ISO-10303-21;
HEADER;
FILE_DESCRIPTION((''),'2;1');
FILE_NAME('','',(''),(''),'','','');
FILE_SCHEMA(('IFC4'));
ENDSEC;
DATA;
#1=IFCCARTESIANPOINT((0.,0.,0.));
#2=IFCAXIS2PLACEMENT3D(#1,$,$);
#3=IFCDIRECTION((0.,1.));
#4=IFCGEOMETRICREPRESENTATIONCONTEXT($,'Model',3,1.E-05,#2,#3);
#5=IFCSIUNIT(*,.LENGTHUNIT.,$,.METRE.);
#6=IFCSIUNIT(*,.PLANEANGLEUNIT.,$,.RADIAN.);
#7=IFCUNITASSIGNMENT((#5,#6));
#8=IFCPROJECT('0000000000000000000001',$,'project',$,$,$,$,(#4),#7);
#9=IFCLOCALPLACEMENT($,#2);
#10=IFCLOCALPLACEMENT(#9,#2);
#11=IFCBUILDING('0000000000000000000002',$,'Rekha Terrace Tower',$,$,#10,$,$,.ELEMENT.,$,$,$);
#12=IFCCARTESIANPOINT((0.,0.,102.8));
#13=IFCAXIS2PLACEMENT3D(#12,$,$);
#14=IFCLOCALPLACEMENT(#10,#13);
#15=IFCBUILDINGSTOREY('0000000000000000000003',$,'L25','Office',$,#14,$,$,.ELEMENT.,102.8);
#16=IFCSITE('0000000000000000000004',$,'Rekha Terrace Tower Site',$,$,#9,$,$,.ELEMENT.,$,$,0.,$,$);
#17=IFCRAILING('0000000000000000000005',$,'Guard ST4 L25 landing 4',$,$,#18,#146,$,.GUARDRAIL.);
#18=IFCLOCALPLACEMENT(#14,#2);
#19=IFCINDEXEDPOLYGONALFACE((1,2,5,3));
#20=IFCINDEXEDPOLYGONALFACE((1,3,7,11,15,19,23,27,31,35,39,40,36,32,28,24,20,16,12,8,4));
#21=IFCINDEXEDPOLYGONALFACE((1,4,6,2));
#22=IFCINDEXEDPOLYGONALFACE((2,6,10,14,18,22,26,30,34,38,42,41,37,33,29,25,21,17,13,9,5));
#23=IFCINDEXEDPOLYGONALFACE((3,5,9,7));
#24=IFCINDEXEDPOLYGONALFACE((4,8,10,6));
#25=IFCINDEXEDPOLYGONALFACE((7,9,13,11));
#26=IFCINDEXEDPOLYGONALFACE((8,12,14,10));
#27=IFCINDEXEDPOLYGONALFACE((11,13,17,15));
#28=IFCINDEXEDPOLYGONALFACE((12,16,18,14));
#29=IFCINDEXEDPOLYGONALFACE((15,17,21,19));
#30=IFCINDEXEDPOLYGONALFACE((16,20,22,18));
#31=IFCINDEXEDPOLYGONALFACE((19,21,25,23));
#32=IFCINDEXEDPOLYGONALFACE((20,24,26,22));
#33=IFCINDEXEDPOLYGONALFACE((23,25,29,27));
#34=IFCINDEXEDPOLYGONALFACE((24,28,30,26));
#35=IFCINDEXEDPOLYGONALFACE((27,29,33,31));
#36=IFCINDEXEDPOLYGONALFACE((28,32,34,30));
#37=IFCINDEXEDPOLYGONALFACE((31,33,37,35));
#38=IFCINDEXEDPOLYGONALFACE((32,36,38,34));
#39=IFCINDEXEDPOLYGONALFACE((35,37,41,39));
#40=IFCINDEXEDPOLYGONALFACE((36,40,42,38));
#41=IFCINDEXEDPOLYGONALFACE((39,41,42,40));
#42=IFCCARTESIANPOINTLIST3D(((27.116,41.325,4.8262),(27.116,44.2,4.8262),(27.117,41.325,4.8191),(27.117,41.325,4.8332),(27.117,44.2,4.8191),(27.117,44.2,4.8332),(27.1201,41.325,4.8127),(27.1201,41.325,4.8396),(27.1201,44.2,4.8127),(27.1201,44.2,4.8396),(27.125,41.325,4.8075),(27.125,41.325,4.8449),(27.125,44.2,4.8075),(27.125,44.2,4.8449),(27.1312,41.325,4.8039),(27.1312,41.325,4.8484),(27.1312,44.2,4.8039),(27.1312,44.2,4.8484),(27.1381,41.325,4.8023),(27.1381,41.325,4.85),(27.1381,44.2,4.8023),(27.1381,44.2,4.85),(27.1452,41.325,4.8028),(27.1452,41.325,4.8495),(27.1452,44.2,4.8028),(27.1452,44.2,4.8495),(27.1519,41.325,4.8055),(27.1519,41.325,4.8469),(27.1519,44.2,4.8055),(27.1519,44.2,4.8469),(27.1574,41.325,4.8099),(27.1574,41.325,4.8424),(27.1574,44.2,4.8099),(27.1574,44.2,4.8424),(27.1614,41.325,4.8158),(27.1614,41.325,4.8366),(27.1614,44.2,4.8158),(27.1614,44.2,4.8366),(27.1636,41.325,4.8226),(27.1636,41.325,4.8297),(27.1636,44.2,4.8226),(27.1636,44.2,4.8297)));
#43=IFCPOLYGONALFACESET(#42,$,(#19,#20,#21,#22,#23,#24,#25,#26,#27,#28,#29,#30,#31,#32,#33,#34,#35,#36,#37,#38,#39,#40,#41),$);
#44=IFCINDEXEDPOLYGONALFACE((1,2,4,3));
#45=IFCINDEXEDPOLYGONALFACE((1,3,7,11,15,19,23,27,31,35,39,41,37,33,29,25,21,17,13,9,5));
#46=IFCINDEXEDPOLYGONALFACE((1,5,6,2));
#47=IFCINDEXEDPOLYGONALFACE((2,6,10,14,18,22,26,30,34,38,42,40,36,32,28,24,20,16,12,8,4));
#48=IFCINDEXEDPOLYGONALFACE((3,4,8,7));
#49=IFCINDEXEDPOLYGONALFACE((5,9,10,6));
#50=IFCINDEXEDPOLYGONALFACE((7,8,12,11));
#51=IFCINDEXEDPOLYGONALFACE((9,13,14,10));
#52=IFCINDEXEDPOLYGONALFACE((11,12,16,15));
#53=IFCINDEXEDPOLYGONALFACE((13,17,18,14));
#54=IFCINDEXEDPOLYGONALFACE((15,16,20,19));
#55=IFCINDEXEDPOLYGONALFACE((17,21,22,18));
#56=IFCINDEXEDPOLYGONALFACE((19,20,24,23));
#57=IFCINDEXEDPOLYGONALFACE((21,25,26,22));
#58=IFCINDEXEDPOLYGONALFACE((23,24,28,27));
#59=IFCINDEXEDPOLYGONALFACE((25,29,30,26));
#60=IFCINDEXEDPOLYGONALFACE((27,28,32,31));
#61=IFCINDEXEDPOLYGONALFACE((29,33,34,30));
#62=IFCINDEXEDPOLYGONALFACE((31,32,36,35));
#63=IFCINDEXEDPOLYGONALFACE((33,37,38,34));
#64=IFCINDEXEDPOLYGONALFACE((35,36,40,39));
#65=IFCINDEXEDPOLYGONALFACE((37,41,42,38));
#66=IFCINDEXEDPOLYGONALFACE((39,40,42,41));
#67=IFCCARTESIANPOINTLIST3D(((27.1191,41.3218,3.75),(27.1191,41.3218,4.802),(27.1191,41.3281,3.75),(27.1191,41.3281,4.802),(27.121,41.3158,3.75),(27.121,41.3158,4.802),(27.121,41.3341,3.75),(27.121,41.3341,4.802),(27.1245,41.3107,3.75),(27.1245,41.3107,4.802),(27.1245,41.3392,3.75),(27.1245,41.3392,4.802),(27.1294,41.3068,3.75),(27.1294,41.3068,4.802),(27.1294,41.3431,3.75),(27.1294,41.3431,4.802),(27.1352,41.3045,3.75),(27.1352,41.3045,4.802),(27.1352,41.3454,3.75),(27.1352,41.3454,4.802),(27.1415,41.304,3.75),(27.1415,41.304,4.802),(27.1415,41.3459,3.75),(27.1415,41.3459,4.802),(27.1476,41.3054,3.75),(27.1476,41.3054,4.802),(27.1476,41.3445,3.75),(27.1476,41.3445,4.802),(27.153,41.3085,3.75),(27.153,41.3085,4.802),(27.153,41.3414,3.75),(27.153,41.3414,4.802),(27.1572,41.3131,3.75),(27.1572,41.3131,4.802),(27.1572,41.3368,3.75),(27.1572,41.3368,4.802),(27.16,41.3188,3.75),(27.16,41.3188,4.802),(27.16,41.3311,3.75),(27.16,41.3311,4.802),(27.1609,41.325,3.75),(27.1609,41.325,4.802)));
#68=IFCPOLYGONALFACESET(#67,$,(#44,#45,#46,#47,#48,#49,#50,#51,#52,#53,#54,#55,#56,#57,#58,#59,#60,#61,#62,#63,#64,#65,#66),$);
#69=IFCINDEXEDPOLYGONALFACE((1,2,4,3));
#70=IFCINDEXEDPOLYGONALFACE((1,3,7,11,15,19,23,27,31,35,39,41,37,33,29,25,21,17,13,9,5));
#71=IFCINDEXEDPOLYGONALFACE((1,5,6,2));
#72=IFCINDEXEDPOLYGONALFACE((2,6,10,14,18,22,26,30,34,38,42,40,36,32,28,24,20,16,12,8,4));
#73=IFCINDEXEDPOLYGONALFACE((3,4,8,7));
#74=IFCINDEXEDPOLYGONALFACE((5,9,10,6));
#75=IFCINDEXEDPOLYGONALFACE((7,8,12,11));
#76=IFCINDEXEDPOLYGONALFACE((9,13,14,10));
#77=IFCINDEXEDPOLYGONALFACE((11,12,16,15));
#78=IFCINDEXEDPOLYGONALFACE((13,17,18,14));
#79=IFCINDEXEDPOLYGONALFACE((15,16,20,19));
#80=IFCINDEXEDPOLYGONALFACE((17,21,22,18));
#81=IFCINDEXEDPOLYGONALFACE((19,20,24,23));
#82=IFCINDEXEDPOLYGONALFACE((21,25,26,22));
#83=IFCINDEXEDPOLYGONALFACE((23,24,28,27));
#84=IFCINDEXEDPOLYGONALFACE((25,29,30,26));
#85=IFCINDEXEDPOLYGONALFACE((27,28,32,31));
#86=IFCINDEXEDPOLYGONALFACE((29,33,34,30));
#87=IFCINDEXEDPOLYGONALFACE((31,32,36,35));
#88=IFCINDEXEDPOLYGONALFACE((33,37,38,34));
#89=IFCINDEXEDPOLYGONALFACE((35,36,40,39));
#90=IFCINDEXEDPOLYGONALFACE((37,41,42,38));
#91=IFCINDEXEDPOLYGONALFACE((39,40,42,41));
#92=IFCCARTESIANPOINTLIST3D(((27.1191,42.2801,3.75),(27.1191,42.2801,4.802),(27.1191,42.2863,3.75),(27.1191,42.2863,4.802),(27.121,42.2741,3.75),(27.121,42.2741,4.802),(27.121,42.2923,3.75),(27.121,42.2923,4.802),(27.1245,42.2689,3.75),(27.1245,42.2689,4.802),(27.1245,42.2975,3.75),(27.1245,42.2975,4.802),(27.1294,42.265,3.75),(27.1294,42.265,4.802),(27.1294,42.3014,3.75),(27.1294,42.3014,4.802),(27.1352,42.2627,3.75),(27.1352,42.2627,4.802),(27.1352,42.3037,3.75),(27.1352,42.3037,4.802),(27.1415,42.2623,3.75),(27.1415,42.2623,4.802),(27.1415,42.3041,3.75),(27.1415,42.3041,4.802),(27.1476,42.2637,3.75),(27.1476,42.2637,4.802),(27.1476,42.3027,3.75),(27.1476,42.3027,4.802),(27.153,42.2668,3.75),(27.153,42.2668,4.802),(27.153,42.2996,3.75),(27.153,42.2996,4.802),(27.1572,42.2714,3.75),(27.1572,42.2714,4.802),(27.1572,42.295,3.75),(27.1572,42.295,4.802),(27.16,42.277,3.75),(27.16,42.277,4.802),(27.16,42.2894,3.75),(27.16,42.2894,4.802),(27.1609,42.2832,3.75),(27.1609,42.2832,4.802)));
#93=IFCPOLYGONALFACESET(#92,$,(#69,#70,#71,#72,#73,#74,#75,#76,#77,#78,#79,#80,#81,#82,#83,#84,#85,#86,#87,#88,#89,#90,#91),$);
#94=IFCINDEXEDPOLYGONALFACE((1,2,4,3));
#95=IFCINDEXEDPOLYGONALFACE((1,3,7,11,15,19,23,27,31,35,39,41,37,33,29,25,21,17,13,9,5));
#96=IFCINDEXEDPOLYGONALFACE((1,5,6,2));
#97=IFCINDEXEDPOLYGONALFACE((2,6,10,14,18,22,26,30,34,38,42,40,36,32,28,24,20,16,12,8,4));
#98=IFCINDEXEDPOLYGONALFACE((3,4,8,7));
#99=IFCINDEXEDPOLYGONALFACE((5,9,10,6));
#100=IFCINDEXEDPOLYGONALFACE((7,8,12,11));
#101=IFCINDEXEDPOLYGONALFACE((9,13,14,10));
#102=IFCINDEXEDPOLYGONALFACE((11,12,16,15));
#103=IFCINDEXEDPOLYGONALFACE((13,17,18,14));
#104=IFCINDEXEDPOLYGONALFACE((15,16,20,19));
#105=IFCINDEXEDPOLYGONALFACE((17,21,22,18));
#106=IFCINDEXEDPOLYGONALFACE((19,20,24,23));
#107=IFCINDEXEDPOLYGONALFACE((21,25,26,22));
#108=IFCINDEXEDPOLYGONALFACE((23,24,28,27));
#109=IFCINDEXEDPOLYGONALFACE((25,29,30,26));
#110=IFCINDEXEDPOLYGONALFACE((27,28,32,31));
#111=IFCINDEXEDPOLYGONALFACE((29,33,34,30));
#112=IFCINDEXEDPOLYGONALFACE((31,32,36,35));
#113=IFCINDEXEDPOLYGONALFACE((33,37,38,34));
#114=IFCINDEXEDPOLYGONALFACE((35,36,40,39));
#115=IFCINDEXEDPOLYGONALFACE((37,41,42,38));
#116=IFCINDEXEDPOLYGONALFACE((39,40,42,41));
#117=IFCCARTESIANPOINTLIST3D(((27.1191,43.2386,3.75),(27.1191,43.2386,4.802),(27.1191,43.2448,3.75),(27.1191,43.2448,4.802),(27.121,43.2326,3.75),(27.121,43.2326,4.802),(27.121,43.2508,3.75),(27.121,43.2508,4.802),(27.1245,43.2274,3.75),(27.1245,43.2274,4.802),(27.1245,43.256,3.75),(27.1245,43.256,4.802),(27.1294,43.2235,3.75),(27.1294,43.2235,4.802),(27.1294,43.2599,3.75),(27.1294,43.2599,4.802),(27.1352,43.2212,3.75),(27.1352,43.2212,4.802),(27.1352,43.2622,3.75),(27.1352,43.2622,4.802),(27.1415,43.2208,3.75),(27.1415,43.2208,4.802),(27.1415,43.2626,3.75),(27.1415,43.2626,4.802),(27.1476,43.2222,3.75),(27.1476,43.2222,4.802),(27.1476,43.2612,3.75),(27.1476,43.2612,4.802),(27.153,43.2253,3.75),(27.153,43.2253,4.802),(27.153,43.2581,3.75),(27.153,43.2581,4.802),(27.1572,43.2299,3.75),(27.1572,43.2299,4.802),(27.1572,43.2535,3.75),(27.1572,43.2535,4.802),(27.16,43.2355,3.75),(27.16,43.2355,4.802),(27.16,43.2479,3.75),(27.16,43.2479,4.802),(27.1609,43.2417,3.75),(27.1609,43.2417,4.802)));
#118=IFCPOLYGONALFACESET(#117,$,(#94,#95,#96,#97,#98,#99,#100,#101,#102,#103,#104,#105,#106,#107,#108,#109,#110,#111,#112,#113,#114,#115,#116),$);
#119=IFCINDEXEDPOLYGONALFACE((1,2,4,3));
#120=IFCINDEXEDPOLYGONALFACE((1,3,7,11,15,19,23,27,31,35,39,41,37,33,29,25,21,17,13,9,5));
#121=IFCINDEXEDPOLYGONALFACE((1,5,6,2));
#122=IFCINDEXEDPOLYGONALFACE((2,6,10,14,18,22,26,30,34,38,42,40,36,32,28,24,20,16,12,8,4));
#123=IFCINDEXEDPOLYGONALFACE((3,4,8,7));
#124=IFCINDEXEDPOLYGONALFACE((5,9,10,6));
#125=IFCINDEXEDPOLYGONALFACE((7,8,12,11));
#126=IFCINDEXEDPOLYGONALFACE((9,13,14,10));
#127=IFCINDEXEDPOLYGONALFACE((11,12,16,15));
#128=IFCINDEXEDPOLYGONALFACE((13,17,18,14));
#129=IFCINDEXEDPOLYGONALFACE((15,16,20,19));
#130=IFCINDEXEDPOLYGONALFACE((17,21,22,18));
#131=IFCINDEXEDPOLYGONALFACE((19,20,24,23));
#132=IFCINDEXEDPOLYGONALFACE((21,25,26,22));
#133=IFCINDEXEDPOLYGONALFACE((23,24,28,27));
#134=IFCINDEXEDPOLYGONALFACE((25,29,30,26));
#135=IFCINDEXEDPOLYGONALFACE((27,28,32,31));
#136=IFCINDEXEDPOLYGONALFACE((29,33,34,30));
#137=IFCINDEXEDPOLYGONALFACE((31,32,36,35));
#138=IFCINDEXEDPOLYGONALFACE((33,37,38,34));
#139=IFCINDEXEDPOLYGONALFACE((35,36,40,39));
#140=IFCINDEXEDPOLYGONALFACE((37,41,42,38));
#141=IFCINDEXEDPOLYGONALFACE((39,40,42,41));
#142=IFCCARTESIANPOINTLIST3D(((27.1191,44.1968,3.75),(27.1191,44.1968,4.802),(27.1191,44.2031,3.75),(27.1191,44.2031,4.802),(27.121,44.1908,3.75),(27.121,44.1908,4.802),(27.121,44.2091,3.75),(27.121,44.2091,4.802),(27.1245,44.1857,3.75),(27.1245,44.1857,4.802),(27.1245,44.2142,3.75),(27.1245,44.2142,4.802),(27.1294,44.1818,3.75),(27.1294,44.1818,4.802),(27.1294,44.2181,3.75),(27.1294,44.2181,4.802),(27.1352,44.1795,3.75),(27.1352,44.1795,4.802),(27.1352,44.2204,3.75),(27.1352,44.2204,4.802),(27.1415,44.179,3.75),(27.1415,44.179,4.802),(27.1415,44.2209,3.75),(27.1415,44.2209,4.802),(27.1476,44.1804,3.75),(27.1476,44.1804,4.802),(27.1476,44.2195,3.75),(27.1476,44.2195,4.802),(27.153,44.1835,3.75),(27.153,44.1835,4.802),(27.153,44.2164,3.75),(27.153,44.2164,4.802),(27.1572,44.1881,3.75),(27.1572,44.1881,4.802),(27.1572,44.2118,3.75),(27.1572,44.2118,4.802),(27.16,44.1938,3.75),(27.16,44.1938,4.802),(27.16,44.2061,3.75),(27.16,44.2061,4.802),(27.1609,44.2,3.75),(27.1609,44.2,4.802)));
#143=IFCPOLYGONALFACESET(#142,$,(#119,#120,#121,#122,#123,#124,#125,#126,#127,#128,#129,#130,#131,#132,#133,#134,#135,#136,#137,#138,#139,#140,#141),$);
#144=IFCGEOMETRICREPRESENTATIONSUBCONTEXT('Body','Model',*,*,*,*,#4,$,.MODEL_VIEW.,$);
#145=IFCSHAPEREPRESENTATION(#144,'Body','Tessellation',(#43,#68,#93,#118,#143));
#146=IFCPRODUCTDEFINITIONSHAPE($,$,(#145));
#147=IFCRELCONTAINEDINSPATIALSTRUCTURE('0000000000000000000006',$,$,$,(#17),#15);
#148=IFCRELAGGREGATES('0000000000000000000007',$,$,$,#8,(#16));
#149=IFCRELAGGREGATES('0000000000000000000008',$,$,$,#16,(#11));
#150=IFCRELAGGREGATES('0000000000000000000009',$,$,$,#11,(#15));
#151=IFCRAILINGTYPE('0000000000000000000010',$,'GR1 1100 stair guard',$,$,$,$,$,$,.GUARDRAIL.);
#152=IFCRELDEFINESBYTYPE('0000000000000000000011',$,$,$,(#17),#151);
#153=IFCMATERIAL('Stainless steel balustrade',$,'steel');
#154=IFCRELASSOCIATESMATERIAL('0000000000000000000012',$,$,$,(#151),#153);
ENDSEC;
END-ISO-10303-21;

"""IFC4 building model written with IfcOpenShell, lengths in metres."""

from ifc_helpers import new_model, si_unit, direction, frame, origin, origin_2d, place, context, subcontext, project, spatial, circle, extrude, material, type_object, element, save


model = new_model("IFC4")

# Units and contexts
model_context = context("Model", 3, precision=1e-05, world=origin(), true_north=direction((0.0, 1.0)))
body_context = subcontext(model_context, "Body", "Model", "MODEL_VIEW")
ifc_project = project(units=[si_unit("LENGTHUNIT", "METRE"), si_unit("PLANEANGLEUNIT", "RADIAN")], contexts=[model_context])

# Site, building, storey
site_placement = place(None, origin())
site = spatial("IfcSite", under=ifc_project, at=site_placement, Name="Rekha Terrace Tower Site", CompositionType="ELEMENT", RefElevation=0.0)
building_placement = place(site_placement, origin())
building = spatial("IfcBuilding", under=site, at=building_placement, Name="Rekha Terrace Tower", CompositionType="ELEMENT")
storey_placement = place(building_placement, frame((0.0, 0.0, 102.8)))
storey = spatial("IfcBuildingStorey", under=building, at=storey_placement, Name="L25", Description="Office", CompositionType="ELEMENT", Elevation=102.8)

# Railing
ifc_material_1 = material(Name="Stainless steel balustrade", Category="steel")
railing_type_1 = type_object("IfcRailingType", Name="GR1 1100 stair guard", PredefinedType="GUARDRAIL", material=ifc_material_1)
railing_1_placement = place(storey_placement, frame((27.1399, 41.325, 3.75)))
element("IfcRailing", 1, at=railing_1_placement, inside=storey, type_object=railing_type_1, Name="Guard ST4 L25 landing 4", PredefinedType="GUARDRAIL", context=body_context, shape_type="SweptSolid", body=[
    extrude(circle(Radius=0.0239, at=origin_2d()), frame((0.0, 0.0, 1.0762), z_axis=(0.0, 1.0, 0.0), x_axis=(-1.0, 0.0, 0.0)), (0.0, 0.0, 1.0), 2.875),
    extrude(circle(Radius=0.021, at=origin_2d()), origin(), (0.0, 0.0, 1.0), 1.052),
    extrude(circle(Radius=0.021, at=origin_2d()), frame((0.0, 0.9583, 0.0)), (0.0, 0.0, 1.0), 1.052),
    extrude(circle(Radius=0.021, at=origin_2d()), frame((0.0, 1.9167, 0.0)), (0.0, 0.0, 1.0), 1.052),
    extrude(circle(Radius=0.021, at=origin_2d()), frame((0.0, 2.875, 0.0)), (0.0, 0.0, 1.0), 1.052),
])

save(model, "model.ifc")
